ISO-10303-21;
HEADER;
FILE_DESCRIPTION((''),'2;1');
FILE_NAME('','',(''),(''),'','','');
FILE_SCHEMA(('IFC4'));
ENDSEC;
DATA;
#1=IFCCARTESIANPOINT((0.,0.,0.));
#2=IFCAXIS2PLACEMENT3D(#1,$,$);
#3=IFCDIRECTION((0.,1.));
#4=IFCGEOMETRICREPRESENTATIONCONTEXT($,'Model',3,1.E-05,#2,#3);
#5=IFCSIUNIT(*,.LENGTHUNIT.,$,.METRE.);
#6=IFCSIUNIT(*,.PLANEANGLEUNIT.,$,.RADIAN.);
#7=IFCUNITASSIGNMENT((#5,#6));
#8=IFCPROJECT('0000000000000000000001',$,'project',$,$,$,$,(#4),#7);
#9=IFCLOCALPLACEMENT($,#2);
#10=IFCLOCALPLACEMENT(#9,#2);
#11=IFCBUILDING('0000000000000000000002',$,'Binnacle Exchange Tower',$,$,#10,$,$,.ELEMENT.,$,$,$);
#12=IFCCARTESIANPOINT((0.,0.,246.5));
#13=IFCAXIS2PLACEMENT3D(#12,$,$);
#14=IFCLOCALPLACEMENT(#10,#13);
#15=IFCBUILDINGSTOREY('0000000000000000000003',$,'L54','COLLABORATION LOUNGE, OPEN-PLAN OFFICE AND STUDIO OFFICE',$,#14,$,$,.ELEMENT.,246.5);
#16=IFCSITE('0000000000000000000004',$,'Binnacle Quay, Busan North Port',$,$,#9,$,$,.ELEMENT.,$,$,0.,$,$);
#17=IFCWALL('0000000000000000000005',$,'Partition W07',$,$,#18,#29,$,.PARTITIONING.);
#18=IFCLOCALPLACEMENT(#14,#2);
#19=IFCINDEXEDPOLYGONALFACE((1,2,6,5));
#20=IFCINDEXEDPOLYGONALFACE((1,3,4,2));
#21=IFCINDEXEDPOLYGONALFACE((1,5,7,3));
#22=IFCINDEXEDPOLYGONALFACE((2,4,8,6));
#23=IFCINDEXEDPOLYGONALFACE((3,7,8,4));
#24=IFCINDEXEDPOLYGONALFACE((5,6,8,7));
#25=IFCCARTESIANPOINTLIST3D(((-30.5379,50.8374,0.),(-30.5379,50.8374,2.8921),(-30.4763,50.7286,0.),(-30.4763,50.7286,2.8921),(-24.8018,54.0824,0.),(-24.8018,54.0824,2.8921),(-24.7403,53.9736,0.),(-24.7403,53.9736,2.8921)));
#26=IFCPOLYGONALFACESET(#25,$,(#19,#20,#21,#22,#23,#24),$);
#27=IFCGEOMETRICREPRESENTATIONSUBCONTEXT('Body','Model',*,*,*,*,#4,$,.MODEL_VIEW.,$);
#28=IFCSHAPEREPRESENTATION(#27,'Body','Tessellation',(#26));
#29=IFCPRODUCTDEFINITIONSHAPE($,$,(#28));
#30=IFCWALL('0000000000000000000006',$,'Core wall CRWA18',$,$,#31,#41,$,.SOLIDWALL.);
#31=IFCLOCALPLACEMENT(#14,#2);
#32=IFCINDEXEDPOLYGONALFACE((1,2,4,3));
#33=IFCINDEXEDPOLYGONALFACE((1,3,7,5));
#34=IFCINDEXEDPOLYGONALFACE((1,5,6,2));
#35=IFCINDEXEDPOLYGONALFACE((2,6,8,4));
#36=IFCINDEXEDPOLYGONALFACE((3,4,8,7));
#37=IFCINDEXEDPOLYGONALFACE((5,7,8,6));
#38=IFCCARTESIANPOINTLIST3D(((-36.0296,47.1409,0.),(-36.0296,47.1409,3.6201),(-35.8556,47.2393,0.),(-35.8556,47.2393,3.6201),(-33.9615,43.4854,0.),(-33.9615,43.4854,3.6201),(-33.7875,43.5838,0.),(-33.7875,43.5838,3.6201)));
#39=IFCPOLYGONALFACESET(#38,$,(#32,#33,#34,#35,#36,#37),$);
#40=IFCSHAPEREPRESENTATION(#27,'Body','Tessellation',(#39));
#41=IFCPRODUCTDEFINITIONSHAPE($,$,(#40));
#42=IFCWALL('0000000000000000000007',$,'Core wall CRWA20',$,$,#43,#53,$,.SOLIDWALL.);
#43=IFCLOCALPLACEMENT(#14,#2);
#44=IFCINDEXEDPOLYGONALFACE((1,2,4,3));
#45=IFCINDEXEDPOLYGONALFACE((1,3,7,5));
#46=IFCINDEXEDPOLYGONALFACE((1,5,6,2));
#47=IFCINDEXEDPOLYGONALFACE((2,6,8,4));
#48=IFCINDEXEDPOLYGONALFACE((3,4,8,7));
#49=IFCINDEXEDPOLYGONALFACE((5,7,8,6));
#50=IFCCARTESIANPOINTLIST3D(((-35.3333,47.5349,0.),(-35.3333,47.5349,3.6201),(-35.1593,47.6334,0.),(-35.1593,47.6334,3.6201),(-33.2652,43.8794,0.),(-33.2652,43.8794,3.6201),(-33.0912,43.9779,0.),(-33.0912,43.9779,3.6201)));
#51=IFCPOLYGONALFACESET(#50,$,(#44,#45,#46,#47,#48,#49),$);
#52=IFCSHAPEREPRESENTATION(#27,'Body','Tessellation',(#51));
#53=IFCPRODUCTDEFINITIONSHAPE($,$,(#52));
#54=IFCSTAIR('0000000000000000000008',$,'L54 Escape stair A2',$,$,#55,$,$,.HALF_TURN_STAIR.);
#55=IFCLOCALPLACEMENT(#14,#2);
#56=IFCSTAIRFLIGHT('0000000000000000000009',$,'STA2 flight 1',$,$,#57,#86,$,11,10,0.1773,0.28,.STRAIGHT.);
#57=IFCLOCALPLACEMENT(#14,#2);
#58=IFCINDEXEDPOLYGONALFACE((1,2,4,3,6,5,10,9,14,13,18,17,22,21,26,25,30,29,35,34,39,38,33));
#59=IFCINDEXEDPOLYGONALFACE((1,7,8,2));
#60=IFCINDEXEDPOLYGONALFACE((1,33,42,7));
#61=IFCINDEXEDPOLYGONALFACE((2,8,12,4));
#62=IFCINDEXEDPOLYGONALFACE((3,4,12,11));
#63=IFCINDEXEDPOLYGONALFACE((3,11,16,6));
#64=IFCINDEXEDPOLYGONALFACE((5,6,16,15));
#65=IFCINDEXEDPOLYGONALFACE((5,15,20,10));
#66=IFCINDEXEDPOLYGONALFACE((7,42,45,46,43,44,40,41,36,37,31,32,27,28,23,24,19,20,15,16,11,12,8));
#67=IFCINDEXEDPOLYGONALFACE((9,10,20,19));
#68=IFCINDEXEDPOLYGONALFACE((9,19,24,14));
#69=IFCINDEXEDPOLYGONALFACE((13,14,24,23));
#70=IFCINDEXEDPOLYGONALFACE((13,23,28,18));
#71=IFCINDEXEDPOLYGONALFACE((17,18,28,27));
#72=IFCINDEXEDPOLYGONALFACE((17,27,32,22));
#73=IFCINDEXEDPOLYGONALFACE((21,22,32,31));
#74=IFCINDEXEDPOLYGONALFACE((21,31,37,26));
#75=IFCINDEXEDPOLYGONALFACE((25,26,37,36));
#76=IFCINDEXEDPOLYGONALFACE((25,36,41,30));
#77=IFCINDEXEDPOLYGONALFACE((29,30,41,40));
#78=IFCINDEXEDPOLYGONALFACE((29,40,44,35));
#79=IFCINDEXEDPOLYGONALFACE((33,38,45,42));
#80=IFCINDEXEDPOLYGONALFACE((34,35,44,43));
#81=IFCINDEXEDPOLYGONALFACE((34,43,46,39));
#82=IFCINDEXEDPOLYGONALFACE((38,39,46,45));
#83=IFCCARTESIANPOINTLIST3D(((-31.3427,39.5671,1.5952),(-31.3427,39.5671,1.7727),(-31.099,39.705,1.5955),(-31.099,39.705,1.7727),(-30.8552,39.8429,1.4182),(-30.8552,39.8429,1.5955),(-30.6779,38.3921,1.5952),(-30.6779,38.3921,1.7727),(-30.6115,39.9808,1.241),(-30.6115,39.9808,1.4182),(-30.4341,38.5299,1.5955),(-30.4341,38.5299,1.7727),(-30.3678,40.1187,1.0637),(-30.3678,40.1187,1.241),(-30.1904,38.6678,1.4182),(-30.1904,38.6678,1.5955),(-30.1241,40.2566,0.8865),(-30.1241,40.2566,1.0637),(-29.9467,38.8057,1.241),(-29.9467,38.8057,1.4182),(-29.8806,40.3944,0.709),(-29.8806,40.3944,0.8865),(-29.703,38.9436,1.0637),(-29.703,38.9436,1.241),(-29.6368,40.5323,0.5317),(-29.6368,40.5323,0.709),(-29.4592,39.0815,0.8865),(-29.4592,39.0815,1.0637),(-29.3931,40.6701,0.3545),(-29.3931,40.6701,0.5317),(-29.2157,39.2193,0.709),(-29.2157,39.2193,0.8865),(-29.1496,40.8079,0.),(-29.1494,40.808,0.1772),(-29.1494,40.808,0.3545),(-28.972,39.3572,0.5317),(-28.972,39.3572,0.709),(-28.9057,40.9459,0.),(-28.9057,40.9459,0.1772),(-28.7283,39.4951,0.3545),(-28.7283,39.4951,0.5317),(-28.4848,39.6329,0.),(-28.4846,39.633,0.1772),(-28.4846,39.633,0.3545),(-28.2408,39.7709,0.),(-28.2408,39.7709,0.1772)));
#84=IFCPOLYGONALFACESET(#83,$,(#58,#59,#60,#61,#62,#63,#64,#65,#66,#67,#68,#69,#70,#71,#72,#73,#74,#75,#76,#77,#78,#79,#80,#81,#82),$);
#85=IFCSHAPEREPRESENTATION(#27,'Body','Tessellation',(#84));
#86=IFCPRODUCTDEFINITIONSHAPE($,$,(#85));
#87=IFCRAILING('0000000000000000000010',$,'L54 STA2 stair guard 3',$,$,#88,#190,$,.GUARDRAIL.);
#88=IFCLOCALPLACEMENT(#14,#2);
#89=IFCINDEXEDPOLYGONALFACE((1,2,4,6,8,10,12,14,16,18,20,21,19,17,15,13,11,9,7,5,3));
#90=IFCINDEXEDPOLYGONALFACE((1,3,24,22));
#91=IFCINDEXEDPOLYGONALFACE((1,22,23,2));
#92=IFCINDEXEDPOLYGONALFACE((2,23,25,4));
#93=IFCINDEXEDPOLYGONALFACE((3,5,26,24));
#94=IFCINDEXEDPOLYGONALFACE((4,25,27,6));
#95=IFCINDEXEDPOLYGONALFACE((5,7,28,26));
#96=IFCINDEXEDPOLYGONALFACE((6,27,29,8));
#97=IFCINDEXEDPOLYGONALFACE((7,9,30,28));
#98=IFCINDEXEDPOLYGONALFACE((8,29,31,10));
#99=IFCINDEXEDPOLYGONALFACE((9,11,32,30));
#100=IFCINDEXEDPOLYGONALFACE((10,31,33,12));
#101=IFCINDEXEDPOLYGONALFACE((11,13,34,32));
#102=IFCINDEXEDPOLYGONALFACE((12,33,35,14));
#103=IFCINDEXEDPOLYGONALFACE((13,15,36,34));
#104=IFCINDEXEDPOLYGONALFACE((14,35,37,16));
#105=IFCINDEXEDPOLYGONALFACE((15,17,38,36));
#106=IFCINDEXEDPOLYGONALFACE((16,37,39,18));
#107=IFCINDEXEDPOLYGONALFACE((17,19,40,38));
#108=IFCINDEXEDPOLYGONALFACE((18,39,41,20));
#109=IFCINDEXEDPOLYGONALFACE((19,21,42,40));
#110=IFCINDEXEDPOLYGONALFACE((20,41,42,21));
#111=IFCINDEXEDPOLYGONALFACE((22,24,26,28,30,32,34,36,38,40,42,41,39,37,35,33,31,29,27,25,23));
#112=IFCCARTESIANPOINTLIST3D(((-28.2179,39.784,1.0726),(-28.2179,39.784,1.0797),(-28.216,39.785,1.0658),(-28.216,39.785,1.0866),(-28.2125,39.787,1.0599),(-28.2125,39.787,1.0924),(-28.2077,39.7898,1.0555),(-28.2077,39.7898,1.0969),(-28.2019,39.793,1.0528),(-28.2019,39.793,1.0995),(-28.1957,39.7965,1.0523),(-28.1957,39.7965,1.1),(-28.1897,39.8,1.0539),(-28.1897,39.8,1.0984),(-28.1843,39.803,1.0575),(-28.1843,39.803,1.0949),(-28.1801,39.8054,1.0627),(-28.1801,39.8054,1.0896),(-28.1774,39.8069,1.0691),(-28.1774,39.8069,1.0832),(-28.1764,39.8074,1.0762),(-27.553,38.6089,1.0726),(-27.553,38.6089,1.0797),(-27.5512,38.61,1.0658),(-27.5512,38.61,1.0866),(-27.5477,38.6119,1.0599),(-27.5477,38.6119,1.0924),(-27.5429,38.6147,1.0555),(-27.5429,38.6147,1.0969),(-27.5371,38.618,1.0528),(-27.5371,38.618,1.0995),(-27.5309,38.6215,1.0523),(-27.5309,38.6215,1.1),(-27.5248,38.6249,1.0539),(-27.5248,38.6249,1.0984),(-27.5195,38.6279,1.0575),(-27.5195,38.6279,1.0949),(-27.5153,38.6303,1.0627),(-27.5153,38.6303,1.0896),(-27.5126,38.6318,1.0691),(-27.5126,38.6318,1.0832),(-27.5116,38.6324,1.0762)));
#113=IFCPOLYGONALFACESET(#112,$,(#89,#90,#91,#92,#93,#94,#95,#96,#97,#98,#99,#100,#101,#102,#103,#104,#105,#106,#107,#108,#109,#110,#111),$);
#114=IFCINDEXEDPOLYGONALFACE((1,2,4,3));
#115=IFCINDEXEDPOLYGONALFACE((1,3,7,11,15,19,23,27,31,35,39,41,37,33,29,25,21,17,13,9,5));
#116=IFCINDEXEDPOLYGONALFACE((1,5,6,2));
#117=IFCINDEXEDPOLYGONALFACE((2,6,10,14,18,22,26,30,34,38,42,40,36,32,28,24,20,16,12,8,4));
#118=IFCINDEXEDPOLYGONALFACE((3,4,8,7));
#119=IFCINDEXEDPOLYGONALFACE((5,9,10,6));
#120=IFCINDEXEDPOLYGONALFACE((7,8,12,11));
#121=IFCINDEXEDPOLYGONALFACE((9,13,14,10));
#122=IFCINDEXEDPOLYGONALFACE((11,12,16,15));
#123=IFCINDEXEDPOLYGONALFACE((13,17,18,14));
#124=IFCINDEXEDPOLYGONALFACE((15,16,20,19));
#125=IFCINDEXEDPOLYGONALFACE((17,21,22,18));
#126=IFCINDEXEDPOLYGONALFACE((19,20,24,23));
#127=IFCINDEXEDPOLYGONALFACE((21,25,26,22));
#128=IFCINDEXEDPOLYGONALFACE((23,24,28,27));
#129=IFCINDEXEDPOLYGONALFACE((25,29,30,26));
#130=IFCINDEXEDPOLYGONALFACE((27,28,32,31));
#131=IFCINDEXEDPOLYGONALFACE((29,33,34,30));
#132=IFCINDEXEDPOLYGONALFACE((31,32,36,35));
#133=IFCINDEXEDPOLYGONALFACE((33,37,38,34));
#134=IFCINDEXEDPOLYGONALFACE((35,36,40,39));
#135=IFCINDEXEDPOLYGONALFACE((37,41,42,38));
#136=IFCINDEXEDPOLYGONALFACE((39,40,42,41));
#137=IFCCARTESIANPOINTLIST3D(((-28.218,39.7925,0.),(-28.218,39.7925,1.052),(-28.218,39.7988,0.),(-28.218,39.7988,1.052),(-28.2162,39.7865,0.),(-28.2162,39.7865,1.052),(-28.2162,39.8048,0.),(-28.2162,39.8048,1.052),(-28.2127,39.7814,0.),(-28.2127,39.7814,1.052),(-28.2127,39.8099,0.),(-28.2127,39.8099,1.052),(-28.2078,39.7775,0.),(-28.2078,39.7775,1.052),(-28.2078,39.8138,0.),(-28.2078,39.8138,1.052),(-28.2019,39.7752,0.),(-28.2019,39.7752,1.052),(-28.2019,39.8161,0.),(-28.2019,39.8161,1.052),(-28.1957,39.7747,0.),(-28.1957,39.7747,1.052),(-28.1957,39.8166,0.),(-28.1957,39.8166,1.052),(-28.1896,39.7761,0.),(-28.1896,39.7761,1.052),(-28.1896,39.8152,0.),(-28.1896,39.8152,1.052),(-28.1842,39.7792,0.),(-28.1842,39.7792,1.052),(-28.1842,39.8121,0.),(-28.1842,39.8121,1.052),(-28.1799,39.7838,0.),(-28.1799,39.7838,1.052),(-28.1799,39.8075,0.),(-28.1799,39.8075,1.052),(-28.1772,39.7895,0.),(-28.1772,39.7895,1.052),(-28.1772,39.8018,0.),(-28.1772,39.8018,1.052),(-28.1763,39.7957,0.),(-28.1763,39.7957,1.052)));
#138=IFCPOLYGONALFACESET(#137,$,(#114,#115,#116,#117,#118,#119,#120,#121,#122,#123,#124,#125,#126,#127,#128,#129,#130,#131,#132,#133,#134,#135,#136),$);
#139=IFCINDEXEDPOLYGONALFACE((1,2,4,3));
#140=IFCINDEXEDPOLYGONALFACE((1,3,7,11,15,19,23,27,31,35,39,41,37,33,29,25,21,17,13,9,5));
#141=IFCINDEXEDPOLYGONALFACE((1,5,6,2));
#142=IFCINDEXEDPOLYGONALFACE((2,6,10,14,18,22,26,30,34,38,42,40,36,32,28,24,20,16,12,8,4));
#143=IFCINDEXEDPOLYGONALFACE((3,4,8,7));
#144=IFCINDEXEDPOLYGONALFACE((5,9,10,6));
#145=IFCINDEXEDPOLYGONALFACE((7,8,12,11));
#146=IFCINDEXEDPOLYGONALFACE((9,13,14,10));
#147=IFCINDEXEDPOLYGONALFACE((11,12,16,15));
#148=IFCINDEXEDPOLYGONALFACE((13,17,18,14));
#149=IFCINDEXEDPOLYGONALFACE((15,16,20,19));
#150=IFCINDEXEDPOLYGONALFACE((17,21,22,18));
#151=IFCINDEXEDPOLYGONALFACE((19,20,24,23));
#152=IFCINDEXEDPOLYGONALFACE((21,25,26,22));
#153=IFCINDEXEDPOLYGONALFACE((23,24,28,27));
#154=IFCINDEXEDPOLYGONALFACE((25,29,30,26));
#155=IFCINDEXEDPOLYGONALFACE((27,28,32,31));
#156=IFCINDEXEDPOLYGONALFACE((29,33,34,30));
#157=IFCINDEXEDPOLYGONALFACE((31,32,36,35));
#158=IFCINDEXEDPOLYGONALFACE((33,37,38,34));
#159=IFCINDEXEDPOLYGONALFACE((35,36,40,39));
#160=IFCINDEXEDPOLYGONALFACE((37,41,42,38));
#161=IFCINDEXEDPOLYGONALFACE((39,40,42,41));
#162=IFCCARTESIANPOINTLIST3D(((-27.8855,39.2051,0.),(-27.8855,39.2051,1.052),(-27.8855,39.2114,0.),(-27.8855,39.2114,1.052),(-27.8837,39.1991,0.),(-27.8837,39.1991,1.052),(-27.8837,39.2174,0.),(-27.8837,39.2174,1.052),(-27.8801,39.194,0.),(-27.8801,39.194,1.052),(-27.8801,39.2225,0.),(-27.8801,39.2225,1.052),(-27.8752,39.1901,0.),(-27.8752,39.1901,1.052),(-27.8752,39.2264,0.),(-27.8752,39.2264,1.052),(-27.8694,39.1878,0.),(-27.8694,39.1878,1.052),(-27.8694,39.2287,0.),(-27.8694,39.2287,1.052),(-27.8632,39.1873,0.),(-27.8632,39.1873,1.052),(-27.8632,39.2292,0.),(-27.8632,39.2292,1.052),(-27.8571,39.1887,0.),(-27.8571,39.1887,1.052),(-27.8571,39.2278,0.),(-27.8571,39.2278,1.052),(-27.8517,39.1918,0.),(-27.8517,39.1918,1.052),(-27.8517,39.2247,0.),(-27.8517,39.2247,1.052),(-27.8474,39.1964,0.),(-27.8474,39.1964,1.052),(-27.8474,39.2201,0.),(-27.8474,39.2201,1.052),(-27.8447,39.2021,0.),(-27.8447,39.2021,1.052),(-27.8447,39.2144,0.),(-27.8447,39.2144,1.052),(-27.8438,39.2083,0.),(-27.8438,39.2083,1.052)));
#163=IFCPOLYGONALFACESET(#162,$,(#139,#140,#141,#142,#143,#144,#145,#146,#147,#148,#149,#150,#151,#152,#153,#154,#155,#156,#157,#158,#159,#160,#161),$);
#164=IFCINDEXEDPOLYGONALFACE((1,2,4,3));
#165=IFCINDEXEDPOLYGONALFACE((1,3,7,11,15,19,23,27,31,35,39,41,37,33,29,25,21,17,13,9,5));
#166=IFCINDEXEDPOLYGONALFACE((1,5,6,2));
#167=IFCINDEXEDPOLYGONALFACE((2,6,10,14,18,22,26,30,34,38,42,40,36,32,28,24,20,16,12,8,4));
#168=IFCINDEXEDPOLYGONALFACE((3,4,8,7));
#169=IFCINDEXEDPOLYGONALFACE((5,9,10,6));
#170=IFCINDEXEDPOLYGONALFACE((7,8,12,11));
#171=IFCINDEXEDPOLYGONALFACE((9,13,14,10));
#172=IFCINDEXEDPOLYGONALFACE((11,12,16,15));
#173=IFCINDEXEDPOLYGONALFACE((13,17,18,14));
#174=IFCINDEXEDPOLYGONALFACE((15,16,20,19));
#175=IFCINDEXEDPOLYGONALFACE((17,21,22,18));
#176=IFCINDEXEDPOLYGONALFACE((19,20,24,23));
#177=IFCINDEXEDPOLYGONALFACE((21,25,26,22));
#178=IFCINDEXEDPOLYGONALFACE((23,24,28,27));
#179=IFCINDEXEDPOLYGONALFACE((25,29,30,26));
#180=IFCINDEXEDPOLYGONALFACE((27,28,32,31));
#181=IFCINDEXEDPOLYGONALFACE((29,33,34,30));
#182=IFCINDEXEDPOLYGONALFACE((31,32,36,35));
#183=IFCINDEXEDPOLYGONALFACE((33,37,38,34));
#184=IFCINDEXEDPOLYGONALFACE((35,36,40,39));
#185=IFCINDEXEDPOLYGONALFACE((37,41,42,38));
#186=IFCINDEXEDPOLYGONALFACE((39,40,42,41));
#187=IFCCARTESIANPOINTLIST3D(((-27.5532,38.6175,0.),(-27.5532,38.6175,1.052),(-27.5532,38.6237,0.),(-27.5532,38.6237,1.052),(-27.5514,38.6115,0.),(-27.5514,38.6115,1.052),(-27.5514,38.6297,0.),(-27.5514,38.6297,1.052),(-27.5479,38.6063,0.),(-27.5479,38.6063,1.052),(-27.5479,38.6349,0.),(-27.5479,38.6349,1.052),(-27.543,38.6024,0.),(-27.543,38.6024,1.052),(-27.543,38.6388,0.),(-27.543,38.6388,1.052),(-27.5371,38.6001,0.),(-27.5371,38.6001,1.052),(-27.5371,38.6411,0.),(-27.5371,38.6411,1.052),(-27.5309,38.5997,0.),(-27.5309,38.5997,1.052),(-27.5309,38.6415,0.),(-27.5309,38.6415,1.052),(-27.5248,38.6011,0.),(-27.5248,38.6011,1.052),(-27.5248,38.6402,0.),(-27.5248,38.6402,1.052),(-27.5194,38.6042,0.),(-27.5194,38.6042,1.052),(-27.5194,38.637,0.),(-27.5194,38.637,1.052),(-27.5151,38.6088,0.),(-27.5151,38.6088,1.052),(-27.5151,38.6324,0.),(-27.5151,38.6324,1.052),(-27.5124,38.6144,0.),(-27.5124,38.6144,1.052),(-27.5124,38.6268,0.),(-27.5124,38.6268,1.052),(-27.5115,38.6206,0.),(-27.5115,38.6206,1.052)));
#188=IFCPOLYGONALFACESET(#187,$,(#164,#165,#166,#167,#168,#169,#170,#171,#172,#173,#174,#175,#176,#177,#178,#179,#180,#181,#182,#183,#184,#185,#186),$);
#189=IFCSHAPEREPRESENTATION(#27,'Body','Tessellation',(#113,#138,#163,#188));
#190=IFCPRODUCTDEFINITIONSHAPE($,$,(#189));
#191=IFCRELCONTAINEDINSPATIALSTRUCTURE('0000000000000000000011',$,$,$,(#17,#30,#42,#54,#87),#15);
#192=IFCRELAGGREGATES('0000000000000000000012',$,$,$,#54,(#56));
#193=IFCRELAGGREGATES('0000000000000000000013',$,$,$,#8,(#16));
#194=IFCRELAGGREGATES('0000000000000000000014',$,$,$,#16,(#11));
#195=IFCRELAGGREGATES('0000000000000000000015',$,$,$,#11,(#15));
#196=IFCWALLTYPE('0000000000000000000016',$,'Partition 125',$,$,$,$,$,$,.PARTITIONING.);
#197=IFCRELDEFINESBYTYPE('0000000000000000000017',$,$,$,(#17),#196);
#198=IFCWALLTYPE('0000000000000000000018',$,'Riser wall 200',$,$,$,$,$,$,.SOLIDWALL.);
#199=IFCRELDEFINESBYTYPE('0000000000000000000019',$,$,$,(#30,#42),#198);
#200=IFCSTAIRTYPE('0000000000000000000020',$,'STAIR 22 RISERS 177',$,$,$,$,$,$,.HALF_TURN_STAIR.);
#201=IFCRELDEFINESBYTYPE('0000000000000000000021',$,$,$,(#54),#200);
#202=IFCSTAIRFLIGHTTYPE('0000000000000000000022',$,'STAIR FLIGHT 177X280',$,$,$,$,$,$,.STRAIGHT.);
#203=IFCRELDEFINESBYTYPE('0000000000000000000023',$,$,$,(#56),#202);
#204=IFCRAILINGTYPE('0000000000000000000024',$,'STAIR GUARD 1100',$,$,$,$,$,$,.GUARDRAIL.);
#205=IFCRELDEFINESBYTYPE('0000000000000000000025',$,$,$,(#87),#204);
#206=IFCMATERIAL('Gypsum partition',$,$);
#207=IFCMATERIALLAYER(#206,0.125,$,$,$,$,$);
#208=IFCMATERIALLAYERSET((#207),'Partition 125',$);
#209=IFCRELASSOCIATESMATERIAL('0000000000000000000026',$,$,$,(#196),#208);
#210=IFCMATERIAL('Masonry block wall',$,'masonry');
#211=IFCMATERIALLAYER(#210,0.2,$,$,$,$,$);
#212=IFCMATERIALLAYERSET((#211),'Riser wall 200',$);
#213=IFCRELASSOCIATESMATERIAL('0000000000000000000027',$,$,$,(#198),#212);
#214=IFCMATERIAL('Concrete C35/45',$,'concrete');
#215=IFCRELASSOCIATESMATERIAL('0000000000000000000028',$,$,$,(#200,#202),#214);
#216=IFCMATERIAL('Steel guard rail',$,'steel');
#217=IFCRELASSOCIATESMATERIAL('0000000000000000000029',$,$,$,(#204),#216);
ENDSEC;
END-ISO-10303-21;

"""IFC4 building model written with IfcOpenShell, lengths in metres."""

from ifc_helpers import new_model, si_unit, direction, frame, frame_2d, origin, origin_2d, place, context, subcontext, project, spatial, polyline, rectangle, circle, outline, extrude, material, layer, layer_set, type_object, element, aggregate, save


model = new_model("IFC4")

# Units and contexts
model_context = context("Model", 3, precision=1e-05, world=origin(), true_north=direction((0.0, 1.0)))
body_context = subcontext(model_context, "Body", "Model", "MODEL_VIEW")
ifc_project = project(units=[si_unit("LENGTHUNIT", "METRE"), si_unit("PLANEANGLEUNIT", "RADIAN")], contexts=[model_context])

# Site, building, storey
site_placement = place(None, origin())
site = spatial("IfcSite", under=ifc_project, at=site_placement, Name="Binnacle Quay, Busan North Port", CompositionType="ELEMENT", RefElevation=0.0)
building_placement = place(site_placement, origin())
building = spatial("IfcBuilding", under=site, at=building_placement, Name="Binnacle Exchange Tower", CompositionType="ELEMENT")
storey_placement = place(building_placement, frame((0.0, 0.0, 246.5)))
storey = spatial("IfcBuildingStorey", under=building, at=storey_placement, Name="L54", Description="COLLABORATION LOUNGE, OPEN-PLAN OFFICE AND STUDIO OFFICE", CompositionType="ELEMENT", Elevation=246.5)

# Shared definitions
ifc_material_1 = material(Name="Masonry block wall", Category="masonry")

# Walls
ifc_material_2 = material(Name="Gypsum partition")
ifc_layer_1 = layer(ifc_material_2, 0.125)
ifc_layer_set_1 = layer_set([ifc_layer_1], Name="Partition 125")
wall_type_1 = type_object("IfcWallType", Name="Partition 125", PredefinedType="PARTITIONING", material=ifc_layer_set_1)
wall_1_placement = place(storey_placement, frame((-30.5071, 50.783, 0.0), z_axis=(0.0, 0.0, 1.0), x_axis=(0.870369, 0.4924, 0.0)))
element("IfcWall", 1, at=wall_1_placement, inside=storey, type_object=wall_type_1, Name="Partition W07", PredefinedType="PARTITIONING", context=body_context, shape_type="SweptSolid", body=[
    extrude(rectangle(XDim=6.5903, YDim=0.125, at=frame_2d((3.2952, 0.0))), origin(), (0.0, 0.0, 1.0), 2.8921),
])
ifc_layer_2 = layer(ifc_material_1, 0.2)
ifc_layer_set_2 = layer_set([ifc_layer_2], Name="Riser wall 200")
wall_type_2 = type_object("IfcWallType", Name="Riser wall 200", PredefinedType="SOLIDWALL", material=ifc_layer_set_2)
for number, where, z_axis, x_axis, name in (
    (2, (-35.9426, 47.1902, 0.0), (0.0, 0.0, 1.0), (0.49241, -0.870364, 0.0), "Core wall CRWA18"),
    (3, (-35.2463, 47.5842, 0.0), (0.0, 0.0, 1.0), (0.49241, -0.870364, 0.0), "Core wall CRWA20"),
):
    element("IfcWall", number, at=place(storey_placement, frame(where, z_axis=z_axis, x_axis=x_axis)), inside=storey, type_object=wall_type_2, Name=name, PredefinedType="SOLIDWALL", context=body_context, shape_type="SweptSolid", body=[
        extrude(rectangle(XDim=4.2, YDim=0.2, at=frame_2d((2.1001, 0.0))), origin(), (0.0, 0.0, 1.0), 3.6201),
    ])

# Stair, stair flight
ifc_material_3 = material(Name="Concrete C35/45", Category="concrete")
stair_type = type_object("IfcStairType", Name="STAIR 22 RISERS 177", PredefinedType="HALF_TURN_STAIR", material=ifc_material_3)
stair_placement = place(storey_placement, origin())
stair = element("IfcStair", 4, at=stair_placement, inside=storey, type_object=stair_type, Name="L54 Escape stair A2", PredefinedType="HALF_TURN_STAIR")
stair_flight_type = type_object("IfcStairFlightType", Name="STAIR FLIGHT 177X280", PredefinedType="STRAIGHT", material=ifc_material_3)
stair_flight_placement = place(storey_placement, frame((-28.5732, 40.3584, 0.0), z_axis=(0.0, 0.0, 1.0), x_axis=(-0.870356, -0.492424, 0.0)))
stair_flight = element("IfcStairFlight", 5, at=stair_flight_placement, type_object=stair_flight_type, Name="STA2 flight 1", NumberOfRisers=11, NumberOfTreads=10, PredefinedType="STRAIGHT", RiserHeight=0.1773, TreadLength=0.28, context=body_context, shape_type="SweptSolid", body=[
    extrude(outline(polyline([(0.0, 0.0), (0.0, 0.1772), (0.28, 0.1772), (0.28, 0.3545), (0.5601, 0.3545), (0.5601, 0.5317), (0.8401, 0.5317), (0.8401, 0.709), (1.1201, 0.709), (1.1201, 0.8865), (1.3999, 0.8865), (1.3999, 1.0637), (1.6799, 1.0637), (1.6799, 1.241), (1.96, 1.241), (1.96, 1.4182), (2.24, 1.4182), (2.24, 1.5955), (2.52, 1.5955), (2.52, 1.7727), (2.8, 1.7727), (2.8, 1.95), (2.8, 1.5952), (0.2803, 0.0), (0.0, 0.0)])), frame((0.0, 0.675, 0.0), z_axis=(0.0, -1.0, 0.0), x_axis=(1.0, 0.0, 0.0)), (0.0, 0.0, 1.0), 1.3501),
])
aggregate(stair, [stair_flight])

# Railing
ifc_material_4 = material(Name="Steel guard rail", Category="steel")
railing_type_1 = type_object("IfcRailingType", Name="STAIR GUARD 1100", PredefinedType="GUARDRAIL", material=ifc_material_4)
railing_1_placement = place(storey_placement, frame((-28.1973, 39.7957, 0.0)))
element("IfcRailing", 6, at=railing_1_placement, inside=storey, type_object=railing_type_1, Name="L54 STA2 stair guard 3", PredefinedType="GUARDRAIL", context=body_context, shape_type="SweptSolid", body=[
    extrude(circle(Radius=0.0239, at=origin_2d()), frame((0.0, 0.0, 1.0762), z_axis=(0.492415, -0.870361, 0.0), x_axis=(0.870361, 0.492415, 0.0)), (0.0, 0.0, 1.0), 1.3501),
    extrude(circle(Radius=0.021, at=origin_2d()), origin(), (0.0, 0.0, 1.0), 1.052),
    extrude(circle(Radius=0.021, at=origin_2d()), frame((0.3325, -0.5874, 0.0)), (0.0, 0.0, 1.0), 1.052),
    extrude(circle(Radius=0.021, at=origin_2d()), frame((0.6648, -1.175, 0.0)), (0.0, 0.0, 1.0), 1.052),
])

save(model, "model.ifc")
